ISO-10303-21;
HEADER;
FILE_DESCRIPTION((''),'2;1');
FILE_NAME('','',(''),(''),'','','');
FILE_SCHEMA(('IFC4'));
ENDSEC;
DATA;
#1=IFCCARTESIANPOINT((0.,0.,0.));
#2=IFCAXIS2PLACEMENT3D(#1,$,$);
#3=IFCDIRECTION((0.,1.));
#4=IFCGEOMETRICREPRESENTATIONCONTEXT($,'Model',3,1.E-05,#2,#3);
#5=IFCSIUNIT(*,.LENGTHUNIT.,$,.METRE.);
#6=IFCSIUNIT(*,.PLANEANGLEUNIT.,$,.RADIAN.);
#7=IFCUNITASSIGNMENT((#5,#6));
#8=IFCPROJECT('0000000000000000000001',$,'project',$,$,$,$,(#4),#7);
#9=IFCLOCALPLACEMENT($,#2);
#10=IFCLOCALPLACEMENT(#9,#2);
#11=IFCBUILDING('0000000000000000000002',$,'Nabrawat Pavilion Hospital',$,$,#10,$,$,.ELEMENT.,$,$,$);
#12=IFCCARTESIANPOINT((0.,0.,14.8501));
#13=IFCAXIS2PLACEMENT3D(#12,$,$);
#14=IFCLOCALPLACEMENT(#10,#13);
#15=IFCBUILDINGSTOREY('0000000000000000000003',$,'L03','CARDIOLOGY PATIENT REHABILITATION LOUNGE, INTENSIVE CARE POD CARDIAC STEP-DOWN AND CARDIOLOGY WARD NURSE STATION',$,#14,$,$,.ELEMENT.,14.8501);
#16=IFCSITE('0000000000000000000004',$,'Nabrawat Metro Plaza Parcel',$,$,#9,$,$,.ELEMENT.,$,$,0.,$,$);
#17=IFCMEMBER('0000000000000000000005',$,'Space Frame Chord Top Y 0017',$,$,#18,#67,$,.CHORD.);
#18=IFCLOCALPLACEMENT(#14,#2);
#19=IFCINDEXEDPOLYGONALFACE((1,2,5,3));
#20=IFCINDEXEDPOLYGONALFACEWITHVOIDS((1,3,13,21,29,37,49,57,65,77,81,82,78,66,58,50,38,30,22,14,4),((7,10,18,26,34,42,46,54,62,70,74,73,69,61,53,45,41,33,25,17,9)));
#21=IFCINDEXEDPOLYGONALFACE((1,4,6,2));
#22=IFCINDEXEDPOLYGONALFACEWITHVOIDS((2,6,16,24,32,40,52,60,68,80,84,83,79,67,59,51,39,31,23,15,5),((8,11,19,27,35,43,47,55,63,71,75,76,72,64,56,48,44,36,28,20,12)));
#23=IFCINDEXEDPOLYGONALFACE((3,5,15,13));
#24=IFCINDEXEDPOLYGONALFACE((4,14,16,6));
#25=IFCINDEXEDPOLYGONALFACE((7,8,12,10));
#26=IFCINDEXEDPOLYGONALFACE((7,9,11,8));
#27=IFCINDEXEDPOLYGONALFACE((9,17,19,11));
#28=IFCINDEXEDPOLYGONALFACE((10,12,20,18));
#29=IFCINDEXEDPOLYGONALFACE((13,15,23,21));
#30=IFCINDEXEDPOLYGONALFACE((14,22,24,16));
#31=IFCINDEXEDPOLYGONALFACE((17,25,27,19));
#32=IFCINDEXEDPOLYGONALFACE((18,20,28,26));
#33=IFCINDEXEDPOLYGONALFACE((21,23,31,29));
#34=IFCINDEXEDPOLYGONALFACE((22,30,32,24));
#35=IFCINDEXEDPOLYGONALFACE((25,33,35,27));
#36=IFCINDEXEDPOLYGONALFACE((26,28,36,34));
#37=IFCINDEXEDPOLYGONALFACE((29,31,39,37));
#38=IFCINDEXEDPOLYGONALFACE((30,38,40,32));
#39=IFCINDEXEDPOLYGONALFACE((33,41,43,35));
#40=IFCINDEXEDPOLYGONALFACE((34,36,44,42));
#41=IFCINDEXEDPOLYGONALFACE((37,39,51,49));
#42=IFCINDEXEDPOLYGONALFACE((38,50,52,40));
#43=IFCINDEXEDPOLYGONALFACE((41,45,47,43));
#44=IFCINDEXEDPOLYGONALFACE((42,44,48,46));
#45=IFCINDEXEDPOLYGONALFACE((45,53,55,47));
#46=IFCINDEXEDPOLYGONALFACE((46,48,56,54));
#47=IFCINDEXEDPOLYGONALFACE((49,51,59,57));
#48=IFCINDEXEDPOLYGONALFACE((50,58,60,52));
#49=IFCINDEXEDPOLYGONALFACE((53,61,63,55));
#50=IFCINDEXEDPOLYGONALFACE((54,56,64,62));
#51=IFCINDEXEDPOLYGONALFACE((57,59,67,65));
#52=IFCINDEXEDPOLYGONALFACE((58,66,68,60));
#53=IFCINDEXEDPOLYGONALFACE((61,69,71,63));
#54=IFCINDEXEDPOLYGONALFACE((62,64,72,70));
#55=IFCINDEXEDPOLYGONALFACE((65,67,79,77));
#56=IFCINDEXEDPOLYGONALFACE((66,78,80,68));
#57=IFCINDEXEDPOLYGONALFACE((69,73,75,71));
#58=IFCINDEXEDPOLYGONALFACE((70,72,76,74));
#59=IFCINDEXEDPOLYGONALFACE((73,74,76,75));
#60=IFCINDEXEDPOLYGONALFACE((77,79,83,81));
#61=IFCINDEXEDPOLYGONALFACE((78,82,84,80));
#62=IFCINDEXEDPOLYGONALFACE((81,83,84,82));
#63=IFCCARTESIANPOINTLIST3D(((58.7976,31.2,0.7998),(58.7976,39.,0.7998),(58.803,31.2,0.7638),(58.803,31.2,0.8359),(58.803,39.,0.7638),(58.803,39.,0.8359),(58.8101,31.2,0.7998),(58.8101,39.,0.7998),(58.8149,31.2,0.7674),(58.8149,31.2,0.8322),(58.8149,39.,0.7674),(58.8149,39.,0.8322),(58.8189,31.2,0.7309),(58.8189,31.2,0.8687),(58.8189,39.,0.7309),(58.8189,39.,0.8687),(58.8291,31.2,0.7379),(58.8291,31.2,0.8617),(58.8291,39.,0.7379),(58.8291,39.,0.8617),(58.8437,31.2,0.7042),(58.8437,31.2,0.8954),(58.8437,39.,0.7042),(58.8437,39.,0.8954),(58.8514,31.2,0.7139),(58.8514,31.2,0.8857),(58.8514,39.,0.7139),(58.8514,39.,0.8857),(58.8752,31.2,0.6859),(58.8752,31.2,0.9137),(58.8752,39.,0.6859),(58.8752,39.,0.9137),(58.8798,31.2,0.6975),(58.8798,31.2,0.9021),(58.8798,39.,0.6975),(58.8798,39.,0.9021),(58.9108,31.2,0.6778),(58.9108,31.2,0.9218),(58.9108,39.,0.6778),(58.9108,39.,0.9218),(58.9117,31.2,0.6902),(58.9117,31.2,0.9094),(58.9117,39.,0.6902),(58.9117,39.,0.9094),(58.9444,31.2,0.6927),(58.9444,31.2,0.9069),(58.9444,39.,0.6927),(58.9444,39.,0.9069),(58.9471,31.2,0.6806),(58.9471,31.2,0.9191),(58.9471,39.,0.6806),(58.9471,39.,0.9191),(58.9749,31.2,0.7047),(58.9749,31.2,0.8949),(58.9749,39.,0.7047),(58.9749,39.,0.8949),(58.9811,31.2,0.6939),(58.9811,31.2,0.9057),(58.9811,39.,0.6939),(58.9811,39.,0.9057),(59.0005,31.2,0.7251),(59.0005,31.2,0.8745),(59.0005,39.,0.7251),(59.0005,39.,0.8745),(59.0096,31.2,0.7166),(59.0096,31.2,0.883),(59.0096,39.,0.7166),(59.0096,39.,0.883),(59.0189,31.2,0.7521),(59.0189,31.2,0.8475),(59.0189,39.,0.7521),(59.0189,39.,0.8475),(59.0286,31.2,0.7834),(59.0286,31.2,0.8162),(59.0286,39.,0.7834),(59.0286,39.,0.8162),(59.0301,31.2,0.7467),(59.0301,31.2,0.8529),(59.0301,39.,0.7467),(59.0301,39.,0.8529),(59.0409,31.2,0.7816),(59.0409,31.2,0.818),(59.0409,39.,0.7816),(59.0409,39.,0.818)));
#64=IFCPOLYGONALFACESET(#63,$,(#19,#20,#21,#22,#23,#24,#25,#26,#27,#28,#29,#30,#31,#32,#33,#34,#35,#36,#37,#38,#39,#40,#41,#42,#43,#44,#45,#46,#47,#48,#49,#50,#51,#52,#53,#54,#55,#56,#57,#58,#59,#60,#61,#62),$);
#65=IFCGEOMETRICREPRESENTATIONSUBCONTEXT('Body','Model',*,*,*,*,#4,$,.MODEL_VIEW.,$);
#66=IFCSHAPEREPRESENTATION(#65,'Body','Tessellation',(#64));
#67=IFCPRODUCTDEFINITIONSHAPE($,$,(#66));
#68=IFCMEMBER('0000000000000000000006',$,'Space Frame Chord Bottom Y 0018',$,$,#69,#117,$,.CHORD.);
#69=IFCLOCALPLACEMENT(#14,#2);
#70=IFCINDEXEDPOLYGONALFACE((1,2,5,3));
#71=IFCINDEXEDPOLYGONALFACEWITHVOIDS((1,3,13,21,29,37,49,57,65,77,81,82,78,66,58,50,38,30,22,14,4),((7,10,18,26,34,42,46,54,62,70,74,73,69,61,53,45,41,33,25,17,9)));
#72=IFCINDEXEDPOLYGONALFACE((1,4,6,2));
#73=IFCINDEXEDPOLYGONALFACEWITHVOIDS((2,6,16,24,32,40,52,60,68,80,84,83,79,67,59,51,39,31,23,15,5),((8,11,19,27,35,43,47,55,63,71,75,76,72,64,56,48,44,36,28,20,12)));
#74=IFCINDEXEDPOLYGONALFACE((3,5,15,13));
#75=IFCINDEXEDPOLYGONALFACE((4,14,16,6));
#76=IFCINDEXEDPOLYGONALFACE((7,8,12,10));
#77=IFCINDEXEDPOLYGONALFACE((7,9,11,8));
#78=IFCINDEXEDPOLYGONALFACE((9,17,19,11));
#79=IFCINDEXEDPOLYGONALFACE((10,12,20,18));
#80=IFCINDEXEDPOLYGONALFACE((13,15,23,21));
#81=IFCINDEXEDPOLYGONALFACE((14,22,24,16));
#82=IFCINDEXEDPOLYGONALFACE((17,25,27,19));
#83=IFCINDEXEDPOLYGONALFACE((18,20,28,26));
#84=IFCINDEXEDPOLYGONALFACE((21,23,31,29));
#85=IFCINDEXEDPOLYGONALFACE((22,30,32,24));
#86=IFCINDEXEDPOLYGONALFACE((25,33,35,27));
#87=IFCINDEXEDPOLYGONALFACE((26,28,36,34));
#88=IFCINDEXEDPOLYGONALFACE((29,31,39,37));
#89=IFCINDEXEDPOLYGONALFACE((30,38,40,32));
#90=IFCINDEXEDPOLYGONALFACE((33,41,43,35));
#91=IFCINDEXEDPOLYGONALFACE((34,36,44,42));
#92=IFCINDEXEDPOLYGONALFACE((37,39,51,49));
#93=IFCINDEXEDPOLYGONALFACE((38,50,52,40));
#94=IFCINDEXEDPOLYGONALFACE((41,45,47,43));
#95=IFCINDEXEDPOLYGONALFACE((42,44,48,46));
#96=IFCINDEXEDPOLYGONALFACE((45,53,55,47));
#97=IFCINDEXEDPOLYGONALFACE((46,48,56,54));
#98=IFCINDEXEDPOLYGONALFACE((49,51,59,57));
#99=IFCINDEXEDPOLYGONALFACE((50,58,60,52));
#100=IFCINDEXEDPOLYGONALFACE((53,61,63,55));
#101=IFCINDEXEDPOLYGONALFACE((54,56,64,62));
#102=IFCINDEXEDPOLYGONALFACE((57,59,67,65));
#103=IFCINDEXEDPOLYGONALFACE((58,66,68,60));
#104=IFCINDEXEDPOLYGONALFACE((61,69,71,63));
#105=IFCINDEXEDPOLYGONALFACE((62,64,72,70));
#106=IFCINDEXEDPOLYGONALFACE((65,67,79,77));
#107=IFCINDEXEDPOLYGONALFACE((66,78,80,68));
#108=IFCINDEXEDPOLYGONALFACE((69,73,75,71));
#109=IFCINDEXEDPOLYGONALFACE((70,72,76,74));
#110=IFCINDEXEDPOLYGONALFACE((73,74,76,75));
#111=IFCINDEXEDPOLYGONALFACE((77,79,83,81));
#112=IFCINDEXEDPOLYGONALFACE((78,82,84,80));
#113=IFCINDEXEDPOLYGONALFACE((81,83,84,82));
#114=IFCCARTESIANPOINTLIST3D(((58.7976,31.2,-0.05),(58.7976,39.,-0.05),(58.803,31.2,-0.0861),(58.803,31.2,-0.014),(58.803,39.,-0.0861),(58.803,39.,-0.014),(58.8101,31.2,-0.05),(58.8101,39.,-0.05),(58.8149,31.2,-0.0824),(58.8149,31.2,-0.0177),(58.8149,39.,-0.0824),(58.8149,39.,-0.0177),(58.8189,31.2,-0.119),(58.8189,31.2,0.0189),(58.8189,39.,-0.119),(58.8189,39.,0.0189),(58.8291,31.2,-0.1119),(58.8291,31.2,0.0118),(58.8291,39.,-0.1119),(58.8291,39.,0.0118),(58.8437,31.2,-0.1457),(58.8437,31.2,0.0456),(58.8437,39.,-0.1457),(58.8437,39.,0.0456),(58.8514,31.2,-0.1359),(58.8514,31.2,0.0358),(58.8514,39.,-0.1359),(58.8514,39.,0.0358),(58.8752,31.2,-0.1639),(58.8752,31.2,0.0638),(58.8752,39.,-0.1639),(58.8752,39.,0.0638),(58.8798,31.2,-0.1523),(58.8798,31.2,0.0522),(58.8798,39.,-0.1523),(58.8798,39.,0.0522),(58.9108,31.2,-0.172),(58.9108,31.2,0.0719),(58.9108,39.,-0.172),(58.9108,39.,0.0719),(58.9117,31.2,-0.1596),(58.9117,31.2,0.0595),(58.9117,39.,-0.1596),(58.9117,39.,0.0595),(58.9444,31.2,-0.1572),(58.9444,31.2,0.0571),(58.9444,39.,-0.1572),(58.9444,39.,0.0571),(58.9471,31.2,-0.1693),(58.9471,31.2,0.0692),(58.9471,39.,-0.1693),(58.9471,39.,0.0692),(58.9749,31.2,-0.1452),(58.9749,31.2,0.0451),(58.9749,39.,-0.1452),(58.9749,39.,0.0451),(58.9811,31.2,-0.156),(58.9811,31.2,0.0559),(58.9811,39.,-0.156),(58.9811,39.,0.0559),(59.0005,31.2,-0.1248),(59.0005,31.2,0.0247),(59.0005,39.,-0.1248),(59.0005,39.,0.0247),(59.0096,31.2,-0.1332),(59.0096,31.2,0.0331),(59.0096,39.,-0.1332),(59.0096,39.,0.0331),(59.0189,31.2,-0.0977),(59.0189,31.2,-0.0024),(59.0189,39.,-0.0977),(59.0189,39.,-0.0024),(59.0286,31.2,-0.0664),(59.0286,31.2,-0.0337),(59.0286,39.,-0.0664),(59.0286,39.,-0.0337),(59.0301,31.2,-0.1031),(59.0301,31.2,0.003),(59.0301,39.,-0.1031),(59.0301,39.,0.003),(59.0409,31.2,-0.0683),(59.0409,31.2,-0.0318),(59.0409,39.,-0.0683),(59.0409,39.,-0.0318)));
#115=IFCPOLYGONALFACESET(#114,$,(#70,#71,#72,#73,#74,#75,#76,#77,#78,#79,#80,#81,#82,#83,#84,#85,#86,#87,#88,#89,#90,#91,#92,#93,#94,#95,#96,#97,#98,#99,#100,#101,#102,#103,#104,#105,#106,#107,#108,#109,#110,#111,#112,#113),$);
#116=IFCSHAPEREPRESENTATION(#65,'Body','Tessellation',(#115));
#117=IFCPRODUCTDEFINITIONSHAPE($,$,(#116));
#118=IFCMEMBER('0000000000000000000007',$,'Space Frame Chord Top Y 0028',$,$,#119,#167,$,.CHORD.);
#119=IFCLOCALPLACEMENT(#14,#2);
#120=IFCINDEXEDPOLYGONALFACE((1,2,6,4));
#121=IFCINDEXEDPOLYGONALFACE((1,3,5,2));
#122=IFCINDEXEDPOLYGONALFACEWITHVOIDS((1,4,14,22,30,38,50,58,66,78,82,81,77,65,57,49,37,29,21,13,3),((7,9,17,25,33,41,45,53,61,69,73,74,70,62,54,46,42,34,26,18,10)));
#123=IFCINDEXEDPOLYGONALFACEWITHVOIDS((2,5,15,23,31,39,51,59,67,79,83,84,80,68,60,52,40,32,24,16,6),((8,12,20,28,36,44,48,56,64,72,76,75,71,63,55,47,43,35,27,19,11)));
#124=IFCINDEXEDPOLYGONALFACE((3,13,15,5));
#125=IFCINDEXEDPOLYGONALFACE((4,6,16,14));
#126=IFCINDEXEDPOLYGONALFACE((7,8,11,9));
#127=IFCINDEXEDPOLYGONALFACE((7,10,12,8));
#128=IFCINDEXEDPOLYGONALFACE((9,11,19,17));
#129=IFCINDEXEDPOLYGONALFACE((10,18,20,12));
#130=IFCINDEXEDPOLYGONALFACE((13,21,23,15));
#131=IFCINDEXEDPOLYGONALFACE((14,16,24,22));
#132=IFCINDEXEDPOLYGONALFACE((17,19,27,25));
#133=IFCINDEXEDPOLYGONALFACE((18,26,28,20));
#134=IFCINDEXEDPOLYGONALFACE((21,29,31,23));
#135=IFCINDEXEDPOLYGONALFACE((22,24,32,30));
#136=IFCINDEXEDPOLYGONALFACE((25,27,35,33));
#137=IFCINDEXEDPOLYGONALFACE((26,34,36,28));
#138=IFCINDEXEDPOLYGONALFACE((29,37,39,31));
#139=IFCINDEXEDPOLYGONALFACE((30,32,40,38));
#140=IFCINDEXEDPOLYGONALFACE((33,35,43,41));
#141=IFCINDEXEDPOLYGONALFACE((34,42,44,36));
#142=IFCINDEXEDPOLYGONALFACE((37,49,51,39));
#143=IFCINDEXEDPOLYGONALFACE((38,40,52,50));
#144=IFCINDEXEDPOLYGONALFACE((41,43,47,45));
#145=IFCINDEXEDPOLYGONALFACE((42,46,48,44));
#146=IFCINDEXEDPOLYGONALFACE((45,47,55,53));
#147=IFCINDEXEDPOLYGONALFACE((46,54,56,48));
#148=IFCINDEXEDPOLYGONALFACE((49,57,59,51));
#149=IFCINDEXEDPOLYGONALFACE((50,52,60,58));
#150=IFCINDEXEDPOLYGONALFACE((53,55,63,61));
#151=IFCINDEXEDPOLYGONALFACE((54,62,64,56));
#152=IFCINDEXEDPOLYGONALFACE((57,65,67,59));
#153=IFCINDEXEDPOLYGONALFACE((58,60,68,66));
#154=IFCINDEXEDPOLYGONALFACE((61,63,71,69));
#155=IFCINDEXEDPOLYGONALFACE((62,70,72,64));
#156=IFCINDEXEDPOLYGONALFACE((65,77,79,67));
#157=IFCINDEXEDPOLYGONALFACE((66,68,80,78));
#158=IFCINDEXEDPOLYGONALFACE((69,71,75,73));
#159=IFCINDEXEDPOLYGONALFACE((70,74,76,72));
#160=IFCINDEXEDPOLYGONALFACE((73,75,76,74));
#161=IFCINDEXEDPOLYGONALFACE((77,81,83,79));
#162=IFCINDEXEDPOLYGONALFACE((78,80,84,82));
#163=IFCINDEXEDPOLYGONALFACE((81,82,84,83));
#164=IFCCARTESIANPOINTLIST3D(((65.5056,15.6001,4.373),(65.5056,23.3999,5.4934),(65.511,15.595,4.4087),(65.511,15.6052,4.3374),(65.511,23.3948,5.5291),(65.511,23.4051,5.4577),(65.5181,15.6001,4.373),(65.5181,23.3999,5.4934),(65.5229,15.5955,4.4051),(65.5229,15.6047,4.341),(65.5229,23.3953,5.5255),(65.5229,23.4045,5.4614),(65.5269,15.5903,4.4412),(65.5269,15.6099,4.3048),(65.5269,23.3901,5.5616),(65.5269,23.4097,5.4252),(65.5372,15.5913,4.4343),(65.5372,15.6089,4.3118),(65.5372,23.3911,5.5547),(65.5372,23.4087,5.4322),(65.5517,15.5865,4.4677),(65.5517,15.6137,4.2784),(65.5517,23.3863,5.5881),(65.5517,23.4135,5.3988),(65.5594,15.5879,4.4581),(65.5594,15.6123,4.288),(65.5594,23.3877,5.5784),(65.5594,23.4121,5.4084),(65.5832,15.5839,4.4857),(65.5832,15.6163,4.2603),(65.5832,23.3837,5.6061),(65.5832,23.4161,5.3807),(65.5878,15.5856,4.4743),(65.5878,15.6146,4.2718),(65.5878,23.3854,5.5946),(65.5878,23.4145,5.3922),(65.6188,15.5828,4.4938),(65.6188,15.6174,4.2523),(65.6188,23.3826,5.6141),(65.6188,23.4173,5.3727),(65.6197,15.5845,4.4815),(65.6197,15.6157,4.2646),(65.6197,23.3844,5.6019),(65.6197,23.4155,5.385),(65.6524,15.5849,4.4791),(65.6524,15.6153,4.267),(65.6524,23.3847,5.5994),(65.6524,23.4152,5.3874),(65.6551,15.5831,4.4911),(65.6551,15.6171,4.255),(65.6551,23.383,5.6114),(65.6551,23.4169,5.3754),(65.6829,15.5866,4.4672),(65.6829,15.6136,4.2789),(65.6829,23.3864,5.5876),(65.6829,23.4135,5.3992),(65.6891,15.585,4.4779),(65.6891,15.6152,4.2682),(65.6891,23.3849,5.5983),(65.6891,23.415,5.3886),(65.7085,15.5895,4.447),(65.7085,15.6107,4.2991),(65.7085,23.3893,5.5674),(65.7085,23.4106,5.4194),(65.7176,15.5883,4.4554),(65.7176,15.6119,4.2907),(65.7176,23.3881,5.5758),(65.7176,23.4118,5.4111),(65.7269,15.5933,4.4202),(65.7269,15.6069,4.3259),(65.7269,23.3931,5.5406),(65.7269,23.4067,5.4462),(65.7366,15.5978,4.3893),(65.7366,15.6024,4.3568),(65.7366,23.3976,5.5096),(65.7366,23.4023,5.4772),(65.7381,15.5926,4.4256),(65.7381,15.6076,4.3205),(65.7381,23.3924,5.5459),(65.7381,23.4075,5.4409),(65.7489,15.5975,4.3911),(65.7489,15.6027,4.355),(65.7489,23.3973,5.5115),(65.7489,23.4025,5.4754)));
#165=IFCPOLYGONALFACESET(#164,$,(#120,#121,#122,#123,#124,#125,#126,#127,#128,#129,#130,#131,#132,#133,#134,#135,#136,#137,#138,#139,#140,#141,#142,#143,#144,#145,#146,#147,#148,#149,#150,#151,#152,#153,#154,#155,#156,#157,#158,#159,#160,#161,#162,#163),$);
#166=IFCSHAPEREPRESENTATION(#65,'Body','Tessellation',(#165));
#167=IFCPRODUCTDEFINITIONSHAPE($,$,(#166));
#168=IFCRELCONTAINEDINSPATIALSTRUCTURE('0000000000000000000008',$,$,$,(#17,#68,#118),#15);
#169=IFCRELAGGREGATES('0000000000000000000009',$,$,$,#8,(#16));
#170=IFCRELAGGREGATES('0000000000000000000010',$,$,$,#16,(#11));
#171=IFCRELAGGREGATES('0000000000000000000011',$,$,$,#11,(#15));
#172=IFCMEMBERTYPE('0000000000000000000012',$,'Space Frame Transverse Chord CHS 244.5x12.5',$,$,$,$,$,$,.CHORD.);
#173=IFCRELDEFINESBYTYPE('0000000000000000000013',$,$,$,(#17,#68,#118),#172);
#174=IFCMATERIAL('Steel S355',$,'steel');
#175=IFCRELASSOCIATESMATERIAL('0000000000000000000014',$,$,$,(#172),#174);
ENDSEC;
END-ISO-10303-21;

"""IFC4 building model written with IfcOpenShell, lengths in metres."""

from ifc_helpers import new_model, si_unit, direction, frame, origin, origin_2d, place, context, subcontext, project, spatial, hollow_circle, extrude, material, material_profile, profile_set, type_object, element, save


model = new_model("IFC4")

# Units and contexts
model_context = context("Model", 3, precision=1e-05, world=origin(), true_north=direction((0.0, 1.0)))
body_context = subcontext(model_context, "Body", "Model", "MODEL_VIEW")
ifc_project = project(units=[si_unit("LENGTHUNIT", "METRE"), si_unit("PLANEANGLEUNIT", "RADIAN")], contexts=[model_context])

# Site, building, storey
site_placement = place(None, origin())
site = spatial("IfcSite", under=ifc_project, at=site_placement, Name="Nabrawat Metro Plaza Parcel", CompositionType="ELEMENT", RefElevation=0.0)
building_placement = place(site_placement, origin())
building = spatial("IfcBuilding", under=site, at=building_placement, Name="Nabrawat Pavilion Hospital", CompositionType="ELEMENT")
storey_placement = place(building_placement, frame((0.0, 0.0, 14.8501)))
storey = spatial("IfcBuildingStorey", under=building, at=storey_placement, Name="L03", Description="CARDIOLOGY PATIENT REHABILITATION LOUNGE, INTENSIVE CARE POD CARDIAC STEP-DOWN AND CARDIOLOGY WARD NURSE STATION", CompositionType="ELEMENT", Elevation=14.8501)

# Shared definitions
ifc_material_1 = material(Name="Steel S355", Category="steel")

# Members
ifc_material_profile_1 = material_profile(ifc_material_1, hollow_circle(Radius=0.1223, WallThickness=0.0125, at=origin_2d()), Name="CHS 244.5x12.5")
ifc_profile_set_1 = profile_set([ifc_material_profile_1], Name="Steel S355")
member_type_1 = type_object("IfcMemberType", Name="Space Frame Transverse Chord CHS 244.5x12.5", PredefinedType="CHORD", material=ifc_profile_set_1)
for number, where, z_axis, x_axis, name in (
    (1, (58.9199, 31.2, 0.7998), (0.0, 1.0, 0.0), (-1.0, 0.0, 0.0), "Space Frame Chord Top Y 0017"),
    (2, (58.9199, 31.2, -0.05), (0.0, 1.0, 0.0), (-1.0, 0.0, 0.0), "Space Frame Chord Bottom Y 0018"),
):
    element("IfcMember", number, at=place(storey_placement, frame(where, z_axis=z_axis, x_axis=x_axis)), inside=storey, type_object=member_type_1, Name=name, PredefinedType="CHORD", context=body_context, shape_type="SweptSolid", body=[
        extrude(hollow_circle(Radius=0.1223, WallThickness=0.0125, at=origin_2d()), origin(), (0.0, 0.0, 1.0), 7.8),
    ])
member_1_placement = place(storey_placement, frame((65.6279, 15.6001, 4.373), z_axis=(0.0, 0.989841, 0.14218), x_axis=(-1.0, 0.0, 0.0)))
element("IfcMember", 3, at=member_1_placement, inside=storey, type_object=member_type_1, Name="Space Frame Chord Top Y 0028", PredefinedType="CHORD", context=body_context, shape_type="SweptSolid", body=[
    extrude(hollow_circle(Radius=0.1223, WallThickness=0.0125, at=origin_2d()), origin(), (0.0, 0.0, 1.0), 7.8799),
])

save(model, "model.ifc")
